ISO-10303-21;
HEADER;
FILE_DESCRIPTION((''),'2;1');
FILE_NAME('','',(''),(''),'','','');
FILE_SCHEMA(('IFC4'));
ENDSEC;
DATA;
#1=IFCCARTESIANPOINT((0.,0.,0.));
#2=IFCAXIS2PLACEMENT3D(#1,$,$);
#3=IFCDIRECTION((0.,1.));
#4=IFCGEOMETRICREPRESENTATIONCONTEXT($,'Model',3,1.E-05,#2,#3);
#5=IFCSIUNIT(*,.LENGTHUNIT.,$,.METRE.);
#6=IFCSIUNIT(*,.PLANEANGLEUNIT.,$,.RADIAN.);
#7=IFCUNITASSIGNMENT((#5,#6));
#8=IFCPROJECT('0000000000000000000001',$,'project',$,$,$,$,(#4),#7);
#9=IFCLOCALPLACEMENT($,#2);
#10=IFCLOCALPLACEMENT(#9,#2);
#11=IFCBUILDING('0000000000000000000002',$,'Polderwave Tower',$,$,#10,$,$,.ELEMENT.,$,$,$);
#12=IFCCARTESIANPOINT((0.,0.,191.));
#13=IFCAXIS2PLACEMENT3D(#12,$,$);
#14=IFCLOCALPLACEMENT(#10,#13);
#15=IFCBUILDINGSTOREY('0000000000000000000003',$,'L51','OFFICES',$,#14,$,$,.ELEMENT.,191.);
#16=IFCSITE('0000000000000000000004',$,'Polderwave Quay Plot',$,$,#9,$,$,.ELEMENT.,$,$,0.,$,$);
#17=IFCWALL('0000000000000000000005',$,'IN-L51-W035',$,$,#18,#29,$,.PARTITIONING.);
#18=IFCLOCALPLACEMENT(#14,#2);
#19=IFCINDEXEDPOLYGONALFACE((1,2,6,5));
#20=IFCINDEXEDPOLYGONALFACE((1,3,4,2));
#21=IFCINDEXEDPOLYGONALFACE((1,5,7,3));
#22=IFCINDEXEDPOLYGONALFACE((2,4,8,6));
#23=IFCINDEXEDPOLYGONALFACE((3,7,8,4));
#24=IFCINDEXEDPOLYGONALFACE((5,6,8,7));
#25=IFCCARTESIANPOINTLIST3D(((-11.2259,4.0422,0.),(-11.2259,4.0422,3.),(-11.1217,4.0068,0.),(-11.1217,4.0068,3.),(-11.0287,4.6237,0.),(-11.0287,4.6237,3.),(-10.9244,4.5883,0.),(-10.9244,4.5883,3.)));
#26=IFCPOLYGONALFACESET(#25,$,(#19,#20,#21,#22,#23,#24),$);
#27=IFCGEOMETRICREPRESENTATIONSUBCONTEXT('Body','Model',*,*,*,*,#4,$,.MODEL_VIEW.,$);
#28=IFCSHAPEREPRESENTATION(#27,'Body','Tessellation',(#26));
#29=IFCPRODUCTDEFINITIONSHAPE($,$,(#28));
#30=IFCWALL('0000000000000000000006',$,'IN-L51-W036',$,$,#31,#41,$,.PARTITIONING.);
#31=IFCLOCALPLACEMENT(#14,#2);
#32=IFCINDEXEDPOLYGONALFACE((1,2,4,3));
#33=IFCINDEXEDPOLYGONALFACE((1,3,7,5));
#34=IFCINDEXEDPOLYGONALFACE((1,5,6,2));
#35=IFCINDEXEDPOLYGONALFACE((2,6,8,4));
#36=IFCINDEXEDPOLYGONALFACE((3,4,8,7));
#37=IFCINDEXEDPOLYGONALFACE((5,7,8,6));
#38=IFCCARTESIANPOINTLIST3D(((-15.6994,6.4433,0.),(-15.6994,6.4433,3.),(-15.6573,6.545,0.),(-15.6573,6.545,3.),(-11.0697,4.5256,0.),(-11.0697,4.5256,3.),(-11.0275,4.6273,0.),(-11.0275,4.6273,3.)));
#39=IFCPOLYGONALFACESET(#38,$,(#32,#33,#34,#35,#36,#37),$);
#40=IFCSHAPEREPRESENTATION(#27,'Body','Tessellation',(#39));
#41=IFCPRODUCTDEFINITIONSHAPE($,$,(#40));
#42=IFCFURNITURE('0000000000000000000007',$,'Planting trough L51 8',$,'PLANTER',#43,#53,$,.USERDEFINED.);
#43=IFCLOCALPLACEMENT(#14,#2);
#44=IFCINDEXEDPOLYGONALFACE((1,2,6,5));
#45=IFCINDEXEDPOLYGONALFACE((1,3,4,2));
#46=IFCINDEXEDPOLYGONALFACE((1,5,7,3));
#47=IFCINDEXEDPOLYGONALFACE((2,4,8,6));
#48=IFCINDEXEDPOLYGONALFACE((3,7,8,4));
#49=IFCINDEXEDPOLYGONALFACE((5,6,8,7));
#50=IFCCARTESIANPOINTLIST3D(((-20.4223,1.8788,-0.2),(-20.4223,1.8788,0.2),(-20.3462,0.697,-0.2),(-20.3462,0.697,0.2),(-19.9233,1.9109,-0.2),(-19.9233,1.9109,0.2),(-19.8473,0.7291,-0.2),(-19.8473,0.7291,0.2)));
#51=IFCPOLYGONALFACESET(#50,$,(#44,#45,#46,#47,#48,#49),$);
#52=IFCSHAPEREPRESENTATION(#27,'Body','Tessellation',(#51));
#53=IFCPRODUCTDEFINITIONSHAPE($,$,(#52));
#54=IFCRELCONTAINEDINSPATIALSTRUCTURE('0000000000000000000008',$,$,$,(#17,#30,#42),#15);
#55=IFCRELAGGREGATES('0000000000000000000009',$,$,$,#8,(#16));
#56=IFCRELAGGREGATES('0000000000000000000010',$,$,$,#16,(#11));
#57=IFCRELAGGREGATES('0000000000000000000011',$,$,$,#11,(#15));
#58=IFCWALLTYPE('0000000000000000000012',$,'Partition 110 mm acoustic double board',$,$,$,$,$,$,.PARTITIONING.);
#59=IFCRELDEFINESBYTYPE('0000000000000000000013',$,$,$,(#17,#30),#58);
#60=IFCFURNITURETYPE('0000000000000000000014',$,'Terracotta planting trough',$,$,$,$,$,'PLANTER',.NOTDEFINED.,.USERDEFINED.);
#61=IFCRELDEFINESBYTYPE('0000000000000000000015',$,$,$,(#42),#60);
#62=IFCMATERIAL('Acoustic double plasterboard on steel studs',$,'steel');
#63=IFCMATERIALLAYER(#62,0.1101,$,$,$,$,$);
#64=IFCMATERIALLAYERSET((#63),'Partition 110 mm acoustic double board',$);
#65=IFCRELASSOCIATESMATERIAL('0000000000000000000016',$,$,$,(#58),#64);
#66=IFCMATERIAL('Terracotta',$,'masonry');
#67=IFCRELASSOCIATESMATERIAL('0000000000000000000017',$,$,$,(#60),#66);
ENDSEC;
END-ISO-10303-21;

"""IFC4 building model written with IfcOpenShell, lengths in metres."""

from ifc_helpers import new_model, si_unit, direction, frame, frame_2d, origin, origin_2d, place, context, subcontext, project, spatial, rectangle, extrude, material, layer, layer_set, type_object, element, save


model = new_model("IFC4")

# Units and contexts
model_context = context("Model", 3, precision=1e-05, world=origin(), true_north=direction((0.0, 1.0)))
body_context = subcontext(model_context, "Body", "Model", "MODEL_VIEW")
ifc_project = project(units=[si_unit("LENGTHUNIT", "METRE"), si_unit("PLANEANGLEUNIT", "RADIAN")], contexts=[model_context])

# Site, building, storey
site_placement = place(None, origin())
site = spatial("IfcSite", under=ifc_project, at=site_placement, Name="Polderwave Quay Plot", CompositionType="ELEMENT", RefElevation=0.0)
building_placement = place(site_placement, origin())
building = spatial("IfcBuilding", under=site, at=building_placement, Name="Polderwave Tower", CompositionType="ELEMENT")
storey_placement = place(building_placement, frame((0.0, 0.0, 191.0)))
storey = spatial("IfcBuildingStorey", under=building, at=storey_placement, Name="L51", Description="OFFICES", CompositionType="ELEMENT", Elevation=191.0)

# Walls
ifc_material_1 = material(Name="Acoustic double plasterboard on steel studs", Category="steel")
ifc_layer_1 = layer(ifc_material_1, 0.1101)
ifc_layer_set_1 = layer_set([ifc_layer_1], Name="Partition 110 mm acoustic double board")
wall_type_1 = type_object("IfcWallType", Name="Partition 110 mm acoustic double board", PredefinedType="PARTITIONING", material=ifc_layer_set_1)
wall_1_placement = place(storey_placement, frame((-11.1738, 4.0244, 0.0), z_axis=(0.0, 0.0, 1.0), x_axis=(0.321233, 0.947, 0.0)))
element("IfcWall", 1, at=wall_1_placement, inside=storey, type_object=wall_type_1, Name="IN-L51-W035", PredefinedType="PARTITIONING", context=body_context, shape_type="SweptSolid", body=[
    extrude(rectangle(XDim=0.614, YDim=0.1101, at=frame_2d((0.3071, 0.0))), origin(), (0.0, 0.0, 1.0), 3.0),
])
wall_2_placement = place(storey_placement, frame((-11.0486, 4.5764, 0.0), z_axis=(0.0, 0.0, 1.0), x_axis=(-0.923875, 0.382695, 0.0)))
element("IfcWall", 2, at=wall_2_placement, inside=storey, type_object=wall_type_1, Name="IN-L51-W036", PredefinedType="PARTITIONING", context=body_context, shape_type="SweptSolid", body=[
    extrude(rectangle(XDim=5.0112, YDim=0.1101, at=frame_2d((2.5056, 0.0))), origin(), (0.0, 0.0, 1.0), 3.0),
])

# Furniture
ifc_material_2 = material(Name="Terracotta", Category="masonry")
furniture_type = type_object("IfcFurnitureType", Name="Terracotta planting trough", ElementType="PLANTER", AssemblyPlace="NOTDEFINED", PredefinedType="USERDEFINED", material=ifc_material_2)
furniture_placement = place(storey_placement, frame((-20.1348, 1.304, -0.2), z_axis=(0.0, 0.0, 1.0), x_axis=(0.06421, -0.997936, 0.0)))
element("IfcFurniture", 3, at=furniture_placement, inside=storey, type_object=furniture_type, Name="Planting trough L51 8", ObjectType="PLANTER", PredefinedType="USERDEFINED", context=body_context, shape_type="SweptSolid", body=[
    extrude(rectangle(XDim=1.1843, YDim=0.5, at=origin_2d()), origin(), (0.0, 0.0, 1.0), 0.3999),
])

save(model, "model.ifc")
